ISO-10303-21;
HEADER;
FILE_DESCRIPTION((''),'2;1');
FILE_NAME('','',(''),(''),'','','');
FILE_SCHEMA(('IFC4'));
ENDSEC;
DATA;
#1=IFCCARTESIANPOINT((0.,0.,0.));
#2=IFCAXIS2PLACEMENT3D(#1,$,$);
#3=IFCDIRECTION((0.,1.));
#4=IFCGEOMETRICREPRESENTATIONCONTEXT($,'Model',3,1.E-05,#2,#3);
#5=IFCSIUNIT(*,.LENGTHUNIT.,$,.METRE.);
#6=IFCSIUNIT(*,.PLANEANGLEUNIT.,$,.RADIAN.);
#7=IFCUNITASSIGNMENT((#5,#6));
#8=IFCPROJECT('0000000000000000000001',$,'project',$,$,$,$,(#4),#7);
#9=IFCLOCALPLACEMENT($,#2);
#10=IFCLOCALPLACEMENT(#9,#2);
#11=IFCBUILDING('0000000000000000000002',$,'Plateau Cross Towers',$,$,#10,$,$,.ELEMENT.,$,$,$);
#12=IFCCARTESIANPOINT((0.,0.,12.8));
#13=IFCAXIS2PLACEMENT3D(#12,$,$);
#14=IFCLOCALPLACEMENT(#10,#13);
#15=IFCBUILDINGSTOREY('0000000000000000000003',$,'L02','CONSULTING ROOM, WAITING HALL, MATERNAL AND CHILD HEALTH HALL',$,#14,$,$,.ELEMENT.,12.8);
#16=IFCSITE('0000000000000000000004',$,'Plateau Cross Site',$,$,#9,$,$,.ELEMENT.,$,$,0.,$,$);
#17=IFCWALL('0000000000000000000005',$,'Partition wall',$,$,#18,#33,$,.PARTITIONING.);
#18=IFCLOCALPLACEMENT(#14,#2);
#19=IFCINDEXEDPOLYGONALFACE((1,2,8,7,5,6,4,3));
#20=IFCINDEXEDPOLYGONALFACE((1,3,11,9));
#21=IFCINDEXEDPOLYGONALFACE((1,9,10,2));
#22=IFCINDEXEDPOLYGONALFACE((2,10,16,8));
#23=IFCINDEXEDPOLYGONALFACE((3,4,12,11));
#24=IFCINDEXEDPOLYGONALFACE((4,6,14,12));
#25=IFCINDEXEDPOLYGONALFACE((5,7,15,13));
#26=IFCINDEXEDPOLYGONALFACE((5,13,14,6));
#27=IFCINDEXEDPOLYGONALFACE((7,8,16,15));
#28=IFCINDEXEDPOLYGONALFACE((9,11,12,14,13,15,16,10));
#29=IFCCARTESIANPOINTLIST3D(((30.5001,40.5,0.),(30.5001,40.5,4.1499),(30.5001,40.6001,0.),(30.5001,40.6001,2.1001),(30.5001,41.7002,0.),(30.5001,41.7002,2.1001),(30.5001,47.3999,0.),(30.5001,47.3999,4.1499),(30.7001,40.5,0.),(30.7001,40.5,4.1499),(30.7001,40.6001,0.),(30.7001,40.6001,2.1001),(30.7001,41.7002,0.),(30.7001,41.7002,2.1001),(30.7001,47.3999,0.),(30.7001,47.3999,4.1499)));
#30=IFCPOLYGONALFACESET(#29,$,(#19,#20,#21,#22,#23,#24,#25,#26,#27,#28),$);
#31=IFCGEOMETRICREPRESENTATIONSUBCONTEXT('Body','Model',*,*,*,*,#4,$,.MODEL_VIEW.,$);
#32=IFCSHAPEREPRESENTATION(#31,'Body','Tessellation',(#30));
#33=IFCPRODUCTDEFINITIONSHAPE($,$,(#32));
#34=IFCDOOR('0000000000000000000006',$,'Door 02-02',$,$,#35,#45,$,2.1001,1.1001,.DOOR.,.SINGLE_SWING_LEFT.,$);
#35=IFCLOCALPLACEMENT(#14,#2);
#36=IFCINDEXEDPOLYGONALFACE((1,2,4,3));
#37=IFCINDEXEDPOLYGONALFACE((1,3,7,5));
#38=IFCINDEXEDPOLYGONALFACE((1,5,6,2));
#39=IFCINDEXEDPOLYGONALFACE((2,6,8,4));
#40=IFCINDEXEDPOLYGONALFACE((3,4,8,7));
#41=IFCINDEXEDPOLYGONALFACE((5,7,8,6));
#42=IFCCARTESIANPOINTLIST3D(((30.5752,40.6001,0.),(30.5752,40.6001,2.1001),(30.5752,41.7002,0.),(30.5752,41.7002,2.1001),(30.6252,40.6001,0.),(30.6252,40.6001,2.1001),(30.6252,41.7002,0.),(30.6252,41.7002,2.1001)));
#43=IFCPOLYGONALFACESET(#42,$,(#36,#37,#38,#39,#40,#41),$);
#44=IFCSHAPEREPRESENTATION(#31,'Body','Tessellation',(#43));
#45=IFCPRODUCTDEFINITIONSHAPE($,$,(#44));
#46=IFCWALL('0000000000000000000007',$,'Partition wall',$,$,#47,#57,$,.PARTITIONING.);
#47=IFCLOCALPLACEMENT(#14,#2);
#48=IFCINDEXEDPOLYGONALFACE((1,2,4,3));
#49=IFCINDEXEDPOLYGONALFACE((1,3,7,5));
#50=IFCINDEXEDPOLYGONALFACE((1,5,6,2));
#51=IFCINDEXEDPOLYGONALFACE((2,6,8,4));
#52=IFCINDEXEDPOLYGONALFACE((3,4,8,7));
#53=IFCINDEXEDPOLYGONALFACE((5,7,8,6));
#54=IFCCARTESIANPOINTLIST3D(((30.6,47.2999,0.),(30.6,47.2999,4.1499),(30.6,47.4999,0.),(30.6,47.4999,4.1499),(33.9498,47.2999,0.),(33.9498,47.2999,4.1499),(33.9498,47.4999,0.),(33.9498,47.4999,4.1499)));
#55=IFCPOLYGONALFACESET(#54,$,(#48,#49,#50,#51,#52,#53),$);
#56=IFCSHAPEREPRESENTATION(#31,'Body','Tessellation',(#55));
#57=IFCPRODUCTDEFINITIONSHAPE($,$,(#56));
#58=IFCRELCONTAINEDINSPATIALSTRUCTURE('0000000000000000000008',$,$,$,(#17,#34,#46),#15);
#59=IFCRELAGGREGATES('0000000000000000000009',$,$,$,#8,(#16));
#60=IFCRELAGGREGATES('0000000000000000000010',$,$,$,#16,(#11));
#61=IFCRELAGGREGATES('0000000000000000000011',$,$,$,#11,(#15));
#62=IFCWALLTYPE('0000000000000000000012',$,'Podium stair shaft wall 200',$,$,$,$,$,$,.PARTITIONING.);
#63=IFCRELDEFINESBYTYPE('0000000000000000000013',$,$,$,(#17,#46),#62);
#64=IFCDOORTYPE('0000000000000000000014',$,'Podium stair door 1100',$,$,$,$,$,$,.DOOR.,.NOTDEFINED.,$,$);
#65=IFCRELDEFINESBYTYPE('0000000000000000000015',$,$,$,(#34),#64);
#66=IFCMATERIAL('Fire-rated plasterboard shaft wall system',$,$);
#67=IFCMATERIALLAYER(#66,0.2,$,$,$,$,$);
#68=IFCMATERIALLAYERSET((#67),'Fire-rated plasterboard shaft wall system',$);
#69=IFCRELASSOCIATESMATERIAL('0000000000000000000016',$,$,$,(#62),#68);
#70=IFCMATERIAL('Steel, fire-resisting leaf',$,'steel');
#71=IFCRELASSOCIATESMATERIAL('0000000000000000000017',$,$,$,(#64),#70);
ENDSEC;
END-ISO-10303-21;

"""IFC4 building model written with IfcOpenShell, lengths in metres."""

from ifc_helpers import new_model, si_unit, direction, frame, frame_2d, origin, place, context, subcontext, project, spatial, rectangle, extrude, material, layer, layer_set, type_object, element, fill, save


model = new_model("IFC4")

# Units and contexts
model_context = context("Model", 3, precision=1e-05, world=origin(), true_north=direction((0.0, 1.0)))
body_context = subcontext(model_context, "Body", "Model", "MODEL_VIEW")
ifc_project = project(units=[si_unit("LENGTHUNIT", "METRE"), si_unit("PLANEANGLEUNIT", "RADIAN")], contexts=[model_context])

# Site, building, storey
site_placement = place(None, origin())
site = spatial("IfcSite", under=ifc_project, at=site_placement, Name="Plateau Cross Site", CompositionType="ELEMENT", RefElevation=0.0)
building_placement = place(site_placement, origin())
building = spatial("IfcBuilding", under=site, at=building_placement, Name="Plateau Cross Towers", CompositionType="ELEMENT")
storey_placement = place(building_placement, frame((0.0, 0.0, 12.8)))
storey = spatial("IfcBuildingStorey", under=building, at=storey_placement, Name="L02", Description="CONSULTING ROOM, WAITING HALL, MATERNAL AND CHILD HEALTH HALL", CompositionType="ELEMENT", Elevation=12.8)

# Wall, opening, door
ifc_material_1 = material(Name="Fire-rated plasterboard shaft wall system")
ifc_layer_1 = layer(ifc_material_1, 0.2)
ifc_layer_set_1 = layer_set([ifc_layer_1], Name="Fire-rated plasterboard shaft wall system")
wall_type_1 = type_object("IfcWallType", Name="Podium stair shaft wall 200", PredefinedType="PARTITIONING", material=ifc_layer_set_1)
wall_1_placement = place(storey_placement, frame((30.6001, 40.5, 0.0), z_axis=(0.0, 0.0, 1.0), x_axis=(0.0, 1.0, 0.0)))
wall_1 = element("IfcWall", 1, at=wall_1_placement, inside=storey, type_object=wall_type_1, Name="Partition wall", PredefinedType="PARTITIONING", context=body_context, shape_type="SweptSolid", body=[
    extrude(rectangle(XDim=6.8999, YDim=0.2, at=frame_2d((3.45, 0.0))), origin(), (0.0, 0.0, 1.0), 4.1499),
])
opening_placement = place(wall_1_placement, frame((0.1001, 0.0, 0.0)))
opening = element("IfcOpeningElement", 2, at=opening_placement, cuts=wall_1, PredefinedType="OPENING", context=body_context, shape_type="SweptSolid", body=[
    extrude(rectangle(XDim=1.1001, YDim=2.1001, at=frame_2d((0.55, 1.05))), frame((0.0, 0.1099, 0.0), z_axis=(0.0, -1.0, 0.0), x_axis=(1.0, 0.0, 0.0)), (0.0, 0.0, 1.0), 0.22),
])
ifc_material_2 = material(Name="Steel, fire-resisting leaf", Category="steel")
door_type = type_object("IfcDoorType", Name="Podium stair door 1100", OperationType="NOTDEFINED", PredefinedType="DOOR", material=ifc_material_2)
door_placement = place(opening_placement, origin())
door = element("IfcDoor", 3, at=door_placement, inside=storey, type_object=door_type, Name="Door 02-02", OperationType="SINGLE_SWING_LEFT", OverallHeight=2.1001, OverallWidth=1.1001, PredefinedType="DOOR", context=body_context, shape_type="SweptSolid", body=[
    extrude(rectangle(XDim=1.1001, YDim=2.1001, at=frame_2d((0.55, 1.05))), frame((0.0, 0.0249, 0.0), z_axis=(0.0, -1.0, 0.0), x_axis=(1.0, 0.0, 0.0)), (0.0, 0.0, 1.0), 0.05),
])
fill(opening, door)

# Wall
wall_2_placement = place(storey_placement, frame((30.6001, 47.3999, 0.0), z_axis=(0.0, 0.0, 1.0), x_axis=(1.0, 0.0, 0.0)))
element("IfcWall", 4, at=wall_2_placement, inside=storey, type_object=wall_type_1, Name="Partition wall", PredefinedType="PARTITIONING", context=body_context, shape_type="SweptSolid", body=[
    extrude(rectangle(XDim=3.3499, YDim=0.2, at=frame_2d((1.6748, 0.0))), origin(), (0.0, 0.0, 1.0), 4.1499),
])

save(model, "model.ifc")
